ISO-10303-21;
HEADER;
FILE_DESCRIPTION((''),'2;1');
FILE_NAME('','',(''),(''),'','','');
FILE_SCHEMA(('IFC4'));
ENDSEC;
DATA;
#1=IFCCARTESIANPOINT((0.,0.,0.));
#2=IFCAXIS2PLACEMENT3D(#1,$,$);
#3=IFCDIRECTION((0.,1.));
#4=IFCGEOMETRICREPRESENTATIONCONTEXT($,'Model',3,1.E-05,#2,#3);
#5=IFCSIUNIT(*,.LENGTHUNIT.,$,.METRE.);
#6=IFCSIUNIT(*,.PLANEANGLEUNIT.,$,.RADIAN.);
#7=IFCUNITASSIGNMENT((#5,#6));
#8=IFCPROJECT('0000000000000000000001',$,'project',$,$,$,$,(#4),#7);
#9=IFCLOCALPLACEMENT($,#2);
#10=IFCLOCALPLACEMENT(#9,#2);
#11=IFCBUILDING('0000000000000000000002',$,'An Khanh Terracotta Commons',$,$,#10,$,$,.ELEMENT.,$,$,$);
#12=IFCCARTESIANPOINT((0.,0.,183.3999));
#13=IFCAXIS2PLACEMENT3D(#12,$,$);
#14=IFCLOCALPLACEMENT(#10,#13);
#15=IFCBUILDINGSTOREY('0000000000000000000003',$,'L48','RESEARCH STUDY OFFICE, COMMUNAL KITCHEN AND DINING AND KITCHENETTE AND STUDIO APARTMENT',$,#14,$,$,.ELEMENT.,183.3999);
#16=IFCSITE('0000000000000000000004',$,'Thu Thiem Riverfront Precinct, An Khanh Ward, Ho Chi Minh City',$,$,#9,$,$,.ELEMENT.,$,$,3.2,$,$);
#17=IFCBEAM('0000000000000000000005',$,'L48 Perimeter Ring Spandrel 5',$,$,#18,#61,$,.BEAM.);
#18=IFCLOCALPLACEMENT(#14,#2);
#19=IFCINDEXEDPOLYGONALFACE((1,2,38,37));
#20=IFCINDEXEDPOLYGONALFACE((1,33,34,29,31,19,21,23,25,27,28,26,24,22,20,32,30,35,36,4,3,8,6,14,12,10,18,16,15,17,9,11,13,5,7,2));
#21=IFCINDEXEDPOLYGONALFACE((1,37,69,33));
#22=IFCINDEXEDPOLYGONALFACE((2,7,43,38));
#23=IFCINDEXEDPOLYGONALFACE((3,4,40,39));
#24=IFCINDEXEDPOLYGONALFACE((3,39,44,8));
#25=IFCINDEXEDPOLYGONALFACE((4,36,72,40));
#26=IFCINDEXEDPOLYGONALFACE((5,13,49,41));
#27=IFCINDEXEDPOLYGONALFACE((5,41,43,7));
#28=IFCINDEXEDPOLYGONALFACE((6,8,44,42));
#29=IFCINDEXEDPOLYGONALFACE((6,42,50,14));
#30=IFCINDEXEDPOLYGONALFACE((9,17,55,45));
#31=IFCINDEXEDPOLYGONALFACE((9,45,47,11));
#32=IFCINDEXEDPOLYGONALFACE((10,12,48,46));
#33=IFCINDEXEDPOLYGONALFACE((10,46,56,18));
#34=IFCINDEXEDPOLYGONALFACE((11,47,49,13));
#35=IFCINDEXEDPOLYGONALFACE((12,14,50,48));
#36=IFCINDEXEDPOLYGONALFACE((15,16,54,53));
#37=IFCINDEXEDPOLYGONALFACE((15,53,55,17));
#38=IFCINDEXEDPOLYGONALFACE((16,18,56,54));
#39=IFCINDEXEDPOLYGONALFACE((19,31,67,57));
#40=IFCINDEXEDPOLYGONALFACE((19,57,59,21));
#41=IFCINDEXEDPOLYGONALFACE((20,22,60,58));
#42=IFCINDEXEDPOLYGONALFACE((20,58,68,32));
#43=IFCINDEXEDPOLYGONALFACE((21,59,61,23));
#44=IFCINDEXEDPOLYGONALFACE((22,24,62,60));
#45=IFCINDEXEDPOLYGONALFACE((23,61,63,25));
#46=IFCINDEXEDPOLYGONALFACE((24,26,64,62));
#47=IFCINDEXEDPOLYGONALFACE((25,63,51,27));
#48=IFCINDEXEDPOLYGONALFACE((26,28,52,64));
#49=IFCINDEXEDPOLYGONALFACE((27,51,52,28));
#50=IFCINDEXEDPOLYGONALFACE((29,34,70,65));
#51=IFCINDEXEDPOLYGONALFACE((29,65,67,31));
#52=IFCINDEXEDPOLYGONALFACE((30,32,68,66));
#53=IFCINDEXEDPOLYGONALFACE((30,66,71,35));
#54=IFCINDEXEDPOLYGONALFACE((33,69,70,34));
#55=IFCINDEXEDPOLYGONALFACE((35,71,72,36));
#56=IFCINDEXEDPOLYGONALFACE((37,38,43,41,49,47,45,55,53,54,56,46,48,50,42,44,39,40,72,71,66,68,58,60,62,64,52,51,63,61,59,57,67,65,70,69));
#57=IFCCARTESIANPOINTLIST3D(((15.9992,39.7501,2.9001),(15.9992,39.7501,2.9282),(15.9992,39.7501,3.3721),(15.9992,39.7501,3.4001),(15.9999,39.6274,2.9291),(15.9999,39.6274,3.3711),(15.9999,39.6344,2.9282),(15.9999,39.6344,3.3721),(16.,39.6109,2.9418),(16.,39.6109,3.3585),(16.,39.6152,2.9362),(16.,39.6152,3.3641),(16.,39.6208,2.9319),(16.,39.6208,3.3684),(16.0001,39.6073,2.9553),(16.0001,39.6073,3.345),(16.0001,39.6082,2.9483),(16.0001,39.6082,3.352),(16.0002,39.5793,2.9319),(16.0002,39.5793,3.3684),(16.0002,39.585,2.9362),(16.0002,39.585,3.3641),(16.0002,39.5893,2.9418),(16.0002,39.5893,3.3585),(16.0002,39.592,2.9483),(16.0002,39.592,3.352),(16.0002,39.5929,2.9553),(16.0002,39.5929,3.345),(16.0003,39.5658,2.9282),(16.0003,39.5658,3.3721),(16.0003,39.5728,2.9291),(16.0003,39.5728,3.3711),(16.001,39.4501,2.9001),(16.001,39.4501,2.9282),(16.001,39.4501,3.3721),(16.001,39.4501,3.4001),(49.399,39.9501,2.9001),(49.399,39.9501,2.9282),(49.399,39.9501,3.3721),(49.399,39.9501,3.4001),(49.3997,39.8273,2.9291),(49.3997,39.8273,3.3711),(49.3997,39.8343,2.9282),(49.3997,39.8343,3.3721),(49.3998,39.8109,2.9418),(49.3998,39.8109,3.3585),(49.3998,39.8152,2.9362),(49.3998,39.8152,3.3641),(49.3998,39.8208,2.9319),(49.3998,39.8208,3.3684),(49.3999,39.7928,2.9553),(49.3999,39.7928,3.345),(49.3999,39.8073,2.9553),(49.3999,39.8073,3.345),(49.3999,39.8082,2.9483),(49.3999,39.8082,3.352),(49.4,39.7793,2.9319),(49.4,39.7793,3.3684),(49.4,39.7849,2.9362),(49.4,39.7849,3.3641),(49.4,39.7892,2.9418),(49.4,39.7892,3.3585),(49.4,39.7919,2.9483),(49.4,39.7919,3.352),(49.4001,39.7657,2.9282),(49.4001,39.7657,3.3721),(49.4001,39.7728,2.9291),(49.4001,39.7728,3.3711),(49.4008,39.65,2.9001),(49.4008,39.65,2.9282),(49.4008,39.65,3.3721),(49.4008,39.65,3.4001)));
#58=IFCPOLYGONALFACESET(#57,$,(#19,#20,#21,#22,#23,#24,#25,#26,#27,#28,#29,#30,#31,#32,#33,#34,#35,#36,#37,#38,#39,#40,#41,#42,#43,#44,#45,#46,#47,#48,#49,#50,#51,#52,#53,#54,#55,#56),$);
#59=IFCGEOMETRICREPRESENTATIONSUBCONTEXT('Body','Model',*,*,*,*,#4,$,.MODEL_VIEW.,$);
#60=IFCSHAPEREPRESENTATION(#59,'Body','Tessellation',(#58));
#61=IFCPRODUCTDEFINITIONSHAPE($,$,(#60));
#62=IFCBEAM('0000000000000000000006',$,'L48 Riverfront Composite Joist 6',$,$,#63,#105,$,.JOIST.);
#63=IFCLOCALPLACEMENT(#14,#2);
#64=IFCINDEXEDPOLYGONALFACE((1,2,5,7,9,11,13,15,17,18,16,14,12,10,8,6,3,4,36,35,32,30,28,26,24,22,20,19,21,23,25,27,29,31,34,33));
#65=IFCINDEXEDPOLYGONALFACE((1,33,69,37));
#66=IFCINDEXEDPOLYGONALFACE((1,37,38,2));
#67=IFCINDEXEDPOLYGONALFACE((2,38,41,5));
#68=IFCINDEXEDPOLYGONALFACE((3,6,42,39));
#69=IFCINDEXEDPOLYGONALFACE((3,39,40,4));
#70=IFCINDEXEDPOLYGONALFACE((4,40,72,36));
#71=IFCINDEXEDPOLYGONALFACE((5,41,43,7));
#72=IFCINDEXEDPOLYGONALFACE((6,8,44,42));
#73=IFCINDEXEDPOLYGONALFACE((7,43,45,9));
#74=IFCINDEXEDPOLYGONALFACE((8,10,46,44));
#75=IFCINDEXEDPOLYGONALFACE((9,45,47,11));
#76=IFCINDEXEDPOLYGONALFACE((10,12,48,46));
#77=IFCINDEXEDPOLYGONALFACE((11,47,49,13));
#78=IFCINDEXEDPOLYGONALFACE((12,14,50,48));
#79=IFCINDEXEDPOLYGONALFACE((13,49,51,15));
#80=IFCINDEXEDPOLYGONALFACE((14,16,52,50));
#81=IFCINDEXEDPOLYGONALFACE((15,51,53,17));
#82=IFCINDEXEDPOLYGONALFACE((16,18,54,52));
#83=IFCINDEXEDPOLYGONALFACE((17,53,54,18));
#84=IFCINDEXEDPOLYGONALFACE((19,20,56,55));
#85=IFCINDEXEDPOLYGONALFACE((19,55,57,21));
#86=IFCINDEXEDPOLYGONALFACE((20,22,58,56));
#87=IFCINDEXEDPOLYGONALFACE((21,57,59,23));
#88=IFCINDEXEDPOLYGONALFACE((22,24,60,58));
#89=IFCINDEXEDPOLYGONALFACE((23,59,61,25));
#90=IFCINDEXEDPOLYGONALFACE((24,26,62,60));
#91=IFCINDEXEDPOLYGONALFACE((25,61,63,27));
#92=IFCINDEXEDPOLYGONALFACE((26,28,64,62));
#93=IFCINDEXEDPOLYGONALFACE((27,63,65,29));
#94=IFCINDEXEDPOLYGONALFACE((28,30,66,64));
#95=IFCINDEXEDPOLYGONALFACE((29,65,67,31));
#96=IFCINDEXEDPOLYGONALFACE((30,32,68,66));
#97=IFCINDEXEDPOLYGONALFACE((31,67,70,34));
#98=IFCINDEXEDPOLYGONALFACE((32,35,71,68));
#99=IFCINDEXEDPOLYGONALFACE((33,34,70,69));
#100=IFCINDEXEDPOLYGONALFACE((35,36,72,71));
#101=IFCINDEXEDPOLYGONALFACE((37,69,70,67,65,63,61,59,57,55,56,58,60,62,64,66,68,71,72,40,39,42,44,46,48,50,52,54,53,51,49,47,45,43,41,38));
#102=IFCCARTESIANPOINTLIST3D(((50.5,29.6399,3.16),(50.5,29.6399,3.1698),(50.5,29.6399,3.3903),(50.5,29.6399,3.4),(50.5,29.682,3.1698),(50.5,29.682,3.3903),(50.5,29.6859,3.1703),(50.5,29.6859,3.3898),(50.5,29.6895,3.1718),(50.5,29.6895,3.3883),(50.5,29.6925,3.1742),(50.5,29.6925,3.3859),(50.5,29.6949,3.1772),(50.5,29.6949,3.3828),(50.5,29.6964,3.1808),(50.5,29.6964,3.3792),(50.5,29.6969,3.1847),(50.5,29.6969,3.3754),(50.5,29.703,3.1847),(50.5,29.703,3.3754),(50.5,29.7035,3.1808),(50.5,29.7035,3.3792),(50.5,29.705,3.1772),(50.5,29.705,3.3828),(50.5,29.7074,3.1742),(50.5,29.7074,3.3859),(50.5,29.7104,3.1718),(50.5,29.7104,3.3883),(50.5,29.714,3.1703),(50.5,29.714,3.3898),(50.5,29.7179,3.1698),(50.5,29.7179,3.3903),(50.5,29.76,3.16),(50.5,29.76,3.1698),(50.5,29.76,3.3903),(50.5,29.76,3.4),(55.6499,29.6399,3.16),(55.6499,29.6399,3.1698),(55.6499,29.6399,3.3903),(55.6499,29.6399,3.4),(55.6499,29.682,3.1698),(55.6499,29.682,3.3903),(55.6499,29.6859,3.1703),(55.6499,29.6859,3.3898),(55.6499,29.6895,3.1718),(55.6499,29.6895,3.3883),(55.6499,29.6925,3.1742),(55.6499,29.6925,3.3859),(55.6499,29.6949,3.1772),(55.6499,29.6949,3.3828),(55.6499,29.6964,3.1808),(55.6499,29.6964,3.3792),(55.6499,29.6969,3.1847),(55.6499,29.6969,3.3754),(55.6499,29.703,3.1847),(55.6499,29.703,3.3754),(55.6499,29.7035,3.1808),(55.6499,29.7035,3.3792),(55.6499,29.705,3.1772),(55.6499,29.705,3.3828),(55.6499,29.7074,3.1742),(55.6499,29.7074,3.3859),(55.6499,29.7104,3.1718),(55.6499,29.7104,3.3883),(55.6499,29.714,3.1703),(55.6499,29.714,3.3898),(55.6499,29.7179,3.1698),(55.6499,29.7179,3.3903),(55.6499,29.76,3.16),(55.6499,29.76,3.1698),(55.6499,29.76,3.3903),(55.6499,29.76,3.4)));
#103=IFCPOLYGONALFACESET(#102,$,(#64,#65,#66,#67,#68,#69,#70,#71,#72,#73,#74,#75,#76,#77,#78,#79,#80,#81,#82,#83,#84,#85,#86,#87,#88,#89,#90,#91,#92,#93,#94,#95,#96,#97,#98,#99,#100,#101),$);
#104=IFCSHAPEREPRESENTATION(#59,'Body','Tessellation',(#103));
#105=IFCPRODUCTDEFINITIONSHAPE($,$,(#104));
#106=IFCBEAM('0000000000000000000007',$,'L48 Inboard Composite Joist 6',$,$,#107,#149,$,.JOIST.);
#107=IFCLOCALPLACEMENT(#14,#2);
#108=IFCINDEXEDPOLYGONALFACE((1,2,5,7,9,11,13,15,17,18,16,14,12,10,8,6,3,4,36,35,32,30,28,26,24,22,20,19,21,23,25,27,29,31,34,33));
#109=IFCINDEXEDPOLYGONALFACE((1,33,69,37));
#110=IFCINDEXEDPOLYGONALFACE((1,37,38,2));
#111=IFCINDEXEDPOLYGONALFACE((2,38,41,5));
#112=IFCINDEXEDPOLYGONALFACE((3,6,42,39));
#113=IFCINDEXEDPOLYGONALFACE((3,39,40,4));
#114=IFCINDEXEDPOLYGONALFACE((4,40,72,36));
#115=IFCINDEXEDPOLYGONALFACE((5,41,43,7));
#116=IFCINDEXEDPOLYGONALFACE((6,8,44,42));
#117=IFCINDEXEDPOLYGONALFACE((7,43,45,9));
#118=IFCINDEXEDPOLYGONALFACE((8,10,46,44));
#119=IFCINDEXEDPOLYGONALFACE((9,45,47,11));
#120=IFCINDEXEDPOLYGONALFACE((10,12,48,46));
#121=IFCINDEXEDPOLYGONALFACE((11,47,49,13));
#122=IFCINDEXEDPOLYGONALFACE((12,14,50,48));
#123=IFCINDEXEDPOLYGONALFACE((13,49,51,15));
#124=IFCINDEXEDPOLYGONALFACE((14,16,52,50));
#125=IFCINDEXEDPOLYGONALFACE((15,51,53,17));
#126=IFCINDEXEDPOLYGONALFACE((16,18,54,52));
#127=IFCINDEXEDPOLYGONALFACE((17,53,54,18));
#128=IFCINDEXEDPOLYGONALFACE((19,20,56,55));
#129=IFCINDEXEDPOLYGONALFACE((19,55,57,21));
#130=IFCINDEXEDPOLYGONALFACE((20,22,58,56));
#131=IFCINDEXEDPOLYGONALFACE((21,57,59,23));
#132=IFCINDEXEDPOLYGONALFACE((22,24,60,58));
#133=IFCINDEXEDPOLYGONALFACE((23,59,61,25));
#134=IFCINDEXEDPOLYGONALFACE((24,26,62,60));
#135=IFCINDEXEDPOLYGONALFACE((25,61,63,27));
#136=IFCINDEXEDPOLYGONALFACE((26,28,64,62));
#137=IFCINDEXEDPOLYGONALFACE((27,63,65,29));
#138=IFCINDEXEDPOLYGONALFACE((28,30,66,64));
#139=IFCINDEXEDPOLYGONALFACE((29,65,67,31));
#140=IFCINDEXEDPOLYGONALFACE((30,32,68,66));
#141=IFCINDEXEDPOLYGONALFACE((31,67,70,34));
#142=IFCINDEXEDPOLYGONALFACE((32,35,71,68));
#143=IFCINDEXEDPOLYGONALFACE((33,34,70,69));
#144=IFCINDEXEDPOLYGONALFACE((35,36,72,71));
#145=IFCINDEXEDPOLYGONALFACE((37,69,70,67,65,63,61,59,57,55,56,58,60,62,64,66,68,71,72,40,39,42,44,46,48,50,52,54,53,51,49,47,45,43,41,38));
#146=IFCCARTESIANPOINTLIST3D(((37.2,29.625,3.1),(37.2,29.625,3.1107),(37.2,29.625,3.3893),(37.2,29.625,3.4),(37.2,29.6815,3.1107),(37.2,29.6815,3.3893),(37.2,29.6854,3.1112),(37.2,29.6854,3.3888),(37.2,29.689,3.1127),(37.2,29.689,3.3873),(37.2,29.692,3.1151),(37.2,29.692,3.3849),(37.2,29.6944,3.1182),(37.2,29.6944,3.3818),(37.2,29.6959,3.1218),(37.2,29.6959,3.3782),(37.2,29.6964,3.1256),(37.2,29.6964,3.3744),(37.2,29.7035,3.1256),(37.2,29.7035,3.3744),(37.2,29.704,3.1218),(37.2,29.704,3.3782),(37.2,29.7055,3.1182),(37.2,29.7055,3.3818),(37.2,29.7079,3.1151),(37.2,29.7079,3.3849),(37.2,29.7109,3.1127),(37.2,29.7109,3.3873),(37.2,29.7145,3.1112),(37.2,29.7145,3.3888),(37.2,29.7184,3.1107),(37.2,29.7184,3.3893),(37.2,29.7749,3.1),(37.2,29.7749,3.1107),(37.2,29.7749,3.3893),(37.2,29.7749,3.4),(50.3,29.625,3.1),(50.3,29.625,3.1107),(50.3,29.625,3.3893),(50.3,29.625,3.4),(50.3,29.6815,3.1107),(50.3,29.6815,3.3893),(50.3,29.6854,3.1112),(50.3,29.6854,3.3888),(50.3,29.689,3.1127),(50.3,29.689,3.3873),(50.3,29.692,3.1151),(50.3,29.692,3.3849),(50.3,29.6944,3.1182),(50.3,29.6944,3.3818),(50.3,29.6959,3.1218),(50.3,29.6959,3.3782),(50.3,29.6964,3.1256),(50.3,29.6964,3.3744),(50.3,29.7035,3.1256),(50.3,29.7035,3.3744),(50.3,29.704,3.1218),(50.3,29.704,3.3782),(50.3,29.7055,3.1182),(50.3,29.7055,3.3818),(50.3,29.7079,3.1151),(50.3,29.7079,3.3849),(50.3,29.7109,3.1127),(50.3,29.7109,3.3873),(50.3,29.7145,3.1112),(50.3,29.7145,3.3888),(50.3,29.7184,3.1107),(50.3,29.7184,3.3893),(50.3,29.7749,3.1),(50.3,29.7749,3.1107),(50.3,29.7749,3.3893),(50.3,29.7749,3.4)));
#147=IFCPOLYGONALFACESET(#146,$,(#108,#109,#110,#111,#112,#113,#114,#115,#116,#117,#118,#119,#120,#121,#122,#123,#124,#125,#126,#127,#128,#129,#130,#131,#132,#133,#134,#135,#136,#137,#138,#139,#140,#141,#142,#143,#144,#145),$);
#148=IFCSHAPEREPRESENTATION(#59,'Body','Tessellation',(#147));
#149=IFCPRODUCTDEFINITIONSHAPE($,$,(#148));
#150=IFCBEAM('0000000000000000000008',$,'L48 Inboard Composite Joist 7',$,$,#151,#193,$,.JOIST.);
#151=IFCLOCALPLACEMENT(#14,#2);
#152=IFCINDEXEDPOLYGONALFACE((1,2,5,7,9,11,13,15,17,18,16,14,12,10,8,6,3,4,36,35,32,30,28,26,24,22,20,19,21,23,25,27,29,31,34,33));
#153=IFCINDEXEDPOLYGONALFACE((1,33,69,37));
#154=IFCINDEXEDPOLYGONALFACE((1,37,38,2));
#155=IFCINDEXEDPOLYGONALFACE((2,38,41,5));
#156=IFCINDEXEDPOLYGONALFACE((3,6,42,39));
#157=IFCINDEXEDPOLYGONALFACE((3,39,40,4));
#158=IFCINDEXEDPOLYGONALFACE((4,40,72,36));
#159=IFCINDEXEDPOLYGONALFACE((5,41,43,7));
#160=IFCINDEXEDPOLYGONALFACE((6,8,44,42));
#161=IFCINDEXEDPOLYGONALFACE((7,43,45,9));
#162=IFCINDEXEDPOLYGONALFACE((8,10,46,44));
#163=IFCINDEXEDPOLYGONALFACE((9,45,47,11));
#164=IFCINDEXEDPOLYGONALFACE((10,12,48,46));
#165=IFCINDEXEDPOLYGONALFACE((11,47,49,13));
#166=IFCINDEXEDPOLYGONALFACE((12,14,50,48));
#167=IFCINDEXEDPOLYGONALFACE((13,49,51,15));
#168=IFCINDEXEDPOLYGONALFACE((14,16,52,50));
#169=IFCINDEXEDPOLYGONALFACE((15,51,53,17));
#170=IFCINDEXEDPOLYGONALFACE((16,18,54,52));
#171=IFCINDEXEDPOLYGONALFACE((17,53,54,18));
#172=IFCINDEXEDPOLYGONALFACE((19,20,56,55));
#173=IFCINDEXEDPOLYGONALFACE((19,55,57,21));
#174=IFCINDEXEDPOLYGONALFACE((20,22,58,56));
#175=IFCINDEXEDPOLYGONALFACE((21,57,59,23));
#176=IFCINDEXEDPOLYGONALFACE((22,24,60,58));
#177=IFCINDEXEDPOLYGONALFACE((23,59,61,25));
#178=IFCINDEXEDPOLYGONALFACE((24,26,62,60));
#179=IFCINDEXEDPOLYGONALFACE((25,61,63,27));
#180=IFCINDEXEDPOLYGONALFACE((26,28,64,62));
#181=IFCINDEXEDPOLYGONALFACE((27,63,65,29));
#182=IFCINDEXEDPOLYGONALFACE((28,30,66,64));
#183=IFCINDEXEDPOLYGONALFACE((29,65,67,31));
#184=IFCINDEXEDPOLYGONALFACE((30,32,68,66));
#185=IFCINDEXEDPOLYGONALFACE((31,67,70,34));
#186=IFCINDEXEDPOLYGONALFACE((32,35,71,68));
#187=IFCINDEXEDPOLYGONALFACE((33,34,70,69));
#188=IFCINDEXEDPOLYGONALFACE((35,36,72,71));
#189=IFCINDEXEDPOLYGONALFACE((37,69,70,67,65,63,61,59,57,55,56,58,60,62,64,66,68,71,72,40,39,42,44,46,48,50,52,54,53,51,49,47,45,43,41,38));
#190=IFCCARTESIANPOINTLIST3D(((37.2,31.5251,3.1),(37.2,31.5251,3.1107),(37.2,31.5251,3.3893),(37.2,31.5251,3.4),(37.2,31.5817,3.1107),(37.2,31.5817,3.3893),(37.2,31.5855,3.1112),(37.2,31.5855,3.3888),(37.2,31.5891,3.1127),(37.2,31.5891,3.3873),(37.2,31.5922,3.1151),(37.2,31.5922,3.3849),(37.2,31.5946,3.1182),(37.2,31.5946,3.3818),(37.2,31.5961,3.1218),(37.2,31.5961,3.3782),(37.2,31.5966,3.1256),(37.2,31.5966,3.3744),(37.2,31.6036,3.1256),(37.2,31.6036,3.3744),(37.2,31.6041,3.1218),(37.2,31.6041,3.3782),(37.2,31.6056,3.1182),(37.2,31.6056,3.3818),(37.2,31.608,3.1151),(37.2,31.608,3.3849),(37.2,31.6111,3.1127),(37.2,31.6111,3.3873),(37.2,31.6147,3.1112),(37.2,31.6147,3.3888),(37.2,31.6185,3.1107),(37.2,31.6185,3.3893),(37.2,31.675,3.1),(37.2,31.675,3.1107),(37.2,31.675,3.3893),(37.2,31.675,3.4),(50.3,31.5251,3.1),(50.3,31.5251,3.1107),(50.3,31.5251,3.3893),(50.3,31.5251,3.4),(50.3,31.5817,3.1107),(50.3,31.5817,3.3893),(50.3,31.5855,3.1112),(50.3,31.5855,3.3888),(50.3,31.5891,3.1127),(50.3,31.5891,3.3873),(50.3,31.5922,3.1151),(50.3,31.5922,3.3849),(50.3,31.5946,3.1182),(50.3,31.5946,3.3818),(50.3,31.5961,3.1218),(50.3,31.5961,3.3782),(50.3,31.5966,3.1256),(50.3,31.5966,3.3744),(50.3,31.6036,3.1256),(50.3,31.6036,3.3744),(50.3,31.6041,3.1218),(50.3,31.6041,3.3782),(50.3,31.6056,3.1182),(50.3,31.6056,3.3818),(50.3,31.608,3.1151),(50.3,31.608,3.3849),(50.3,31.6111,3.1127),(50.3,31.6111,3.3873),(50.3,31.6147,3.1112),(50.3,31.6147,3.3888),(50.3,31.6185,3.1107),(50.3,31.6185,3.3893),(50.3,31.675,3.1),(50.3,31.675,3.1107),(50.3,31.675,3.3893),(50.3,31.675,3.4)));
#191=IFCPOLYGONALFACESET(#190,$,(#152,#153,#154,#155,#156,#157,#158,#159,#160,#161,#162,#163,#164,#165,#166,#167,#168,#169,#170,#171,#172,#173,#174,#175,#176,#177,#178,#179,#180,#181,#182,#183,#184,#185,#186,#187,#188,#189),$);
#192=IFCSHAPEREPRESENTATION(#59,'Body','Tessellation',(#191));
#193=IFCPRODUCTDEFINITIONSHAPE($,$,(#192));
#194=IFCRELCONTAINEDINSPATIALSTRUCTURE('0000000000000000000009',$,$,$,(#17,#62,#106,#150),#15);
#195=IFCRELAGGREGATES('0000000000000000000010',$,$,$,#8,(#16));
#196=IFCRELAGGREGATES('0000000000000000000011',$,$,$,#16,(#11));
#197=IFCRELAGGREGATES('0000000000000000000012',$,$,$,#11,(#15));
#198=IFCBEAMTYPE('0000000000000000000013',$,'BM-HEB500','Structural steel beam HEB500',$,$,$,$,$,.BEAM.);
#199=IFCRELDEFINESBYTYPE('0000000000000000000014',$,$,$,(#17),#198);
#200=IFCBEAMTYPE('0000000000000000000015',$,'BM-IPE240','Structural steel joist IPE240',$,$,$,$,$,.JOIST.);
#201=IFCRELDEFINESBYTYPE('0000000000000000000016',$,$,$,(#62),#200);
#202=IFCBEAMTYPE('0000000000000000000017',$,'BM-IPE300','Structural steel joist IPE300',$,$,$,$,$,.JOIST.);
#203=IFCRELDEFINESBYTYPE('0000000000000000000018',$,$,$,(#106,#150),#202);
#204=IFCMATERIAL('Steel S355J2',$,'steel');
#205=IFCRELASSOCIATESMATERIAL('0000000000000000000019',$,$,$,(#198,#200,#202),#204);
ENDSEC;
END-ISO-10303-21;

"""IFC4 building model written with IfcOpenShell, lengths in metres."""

from ifc_helpers import new_model, si_unit, direction, frame, origin, origin_2d, place, context, subcontext, project, spatial, i_section, extrude, material, material_profile, profile_set, type_object, element, save


model = new_model("IFC4")

# Units and contexts
model_context = context("Model", 3, precision=1e-05, world=origin(), true_north=direction((0.0, 1.0)))
body_context = subcontext(model_context, "Body", "Model", "MODEL_VIEW")
ifc_project = project(units=[si_unit("LENGTHUNIT", "METRE"), si_unit("PLANEANGLEUNIT", "RADIAN")], contexts=[model_context])

# Site, building, storey
site_placement = place(None, origin())
site = spatial("IfcSite", under=ifc_project, at=site_placement, Name="Thu Thiem Riverfront Precinct, An Khanh Ward, Ho Chi Minh City", CompositionType="ELEMENT", RefElevation=3.2)
building_placement = place(site_placement, origin())
building = spatial("IfcBuilding", under=site, at=building_placement, Name="An Khanh Terracotta Commons", CompositionType="ELEMENT")
storey_placement = place(building_placement, frame((0.0, 0.0, 183.3999)))
storey = spatial("IfcBuildingStorey", under=building, at=storey_placement, Name="L48", Description="RESEARCH STUDY OFFICE, COMMUNAL KITCHEN AND DINING AND KITCHENETTE AND STUDIO APARTMENT", CompositionType="ELEMENT", Elevation=183.3999)

# Beams
ifc_material_1 = material(Name="Steel S355J2", Category="steel")
ifc_material_profile_1 = material_profile(ifc_material_1, i_section(OverallWidth=0.3, OverallDepth=0.5, WebThickness=0.0144, FlangeThickness=0.0281, FilletRadius=0.0271, at=origin_2d()), Name="HEB500")
ifc_profile_set_1 = profile_set([ifc_material_profile_1], Name="Steel S355J2")
beam_type_1 = type_object("IfcBeamType", Name="BM-HEB500", Description="Structural steel beam HEB500", PredefinedType="BEAM", material=ifc_profile_set_1)
beam_1_placement = place(storey_placement, frame((49.3999, 39.8, 3.1501), z_axis=(-0.999982, -0.005986, 0.0), x_axis=(0.005986, -0.999982, 0.0)))
element("IfcBeam", 1, at=beam_1_placement, inside=storey, type_object=beam_type_1, Name="L48 Perimeter Ring Spandrel 5", PredefinedType="BEAM", context=body_context, shape_type="SweptSolid", body=[
    extrude(i_section(OverallWidth=0.3, OverallDepth=0.5, WebThickness=0.0144, FlangeThickness=0.0281, FilletRadius=0.0271, at=origin_2d()), origin(), (0.0, 0.0, 1.0), 33.4004),
])
ifc_material_profile_2 = material_profile(ifc_material_1, i_section(OverallWidth=0.1201, OverallDepth=0.24, WebThickness=0.0061, FlangeThickness=0.0098, FilletRadius=0.0149, at=origin_2d()), Name="IPE240")
ifc_profile_set_2 = profile_set([ifc_material_profile_2], Name="Steel S355J2")
beam_type_2 = type_object("IfcBeamType", Name="BM-IPE240", Description="Structural steel joist IPE240", PredefinedType="JOIST", material=ifc_profile_set_2)
beam_2_placement = place(storey_placement, frame((50.5, 29.7, 3.28), z_axis=(1.0, 0.0, 0.0), x_axis=(0.0, 1.0, 0.0)))
element("IfcBeam", 2, at=beam_2_placement, inside=storey, type_object=beam_type_2, Name="L48 Riverfront Composite Joist 6", PredefinedType="JOIST", context=body_context, shape_type="SweptSolid", body=[
    extrude(i_section(OverallWidth=0.1201, OverallDepth=0.24, WebThickness=0.0061, FlangeThickness=0.0098, FilletRadius=0.0149, at=origin_2d()), origin(), (0.0, 0.0, 1.0), 5.1499),
])
ifc_material_profile_3 = material_profile(ifc_material_1, i_section(OverallWidth=0.1499, OverallDepth=0.3, WebThickness=0.0071, FlangeThickness=0.0107, FilletRadius=0.0149, at=origin_2d()), Name="IPE300")
ifc_profile_set_3 = profile_set([ifc_material_profile_3], Name="Steel S355J2")
beam_type_3 = type_object("IfcBeamType", Name="BM-IPE300", Description="Structural steel joist IPE300", PredefinedType="JOIST", material=ifc_profile_set_3)
for number, where, z_axis, x_axis, name in (
    (3, (37.2, 29.7, 3.25), (1.0, 0.0, 0.0), (0.0, 1.0, 0.0), "L48 Inboard Composite Joist 6"),
    (4, (37.2, 31.6001, 3.25), (1.0, 0.0, 0.0), (0.0, 1.0, 0.0), "L48 Inboard Composite Joist 7"),
):
    element("IfcBeam", number, at=place(storey_placement, frame(where, z_axis=z_axis, x_axis=x_axis)), inside=storey, type_object=beam_type_3, Name=name, PredefinedType="JOIST", context=body_context, shape_type="SweptSolid", body=[
        extrude(i_section(OverallWidth=0.1499, OverallDepth=0.3, WebThickness=0.0071, FlangeThickness=0.0107, FilletRadius=0.0149, at=origin_2d()), origin(), (0.0, 0.0, 1.0), 13.1001),
    ])

save(model, "model.ifc")
